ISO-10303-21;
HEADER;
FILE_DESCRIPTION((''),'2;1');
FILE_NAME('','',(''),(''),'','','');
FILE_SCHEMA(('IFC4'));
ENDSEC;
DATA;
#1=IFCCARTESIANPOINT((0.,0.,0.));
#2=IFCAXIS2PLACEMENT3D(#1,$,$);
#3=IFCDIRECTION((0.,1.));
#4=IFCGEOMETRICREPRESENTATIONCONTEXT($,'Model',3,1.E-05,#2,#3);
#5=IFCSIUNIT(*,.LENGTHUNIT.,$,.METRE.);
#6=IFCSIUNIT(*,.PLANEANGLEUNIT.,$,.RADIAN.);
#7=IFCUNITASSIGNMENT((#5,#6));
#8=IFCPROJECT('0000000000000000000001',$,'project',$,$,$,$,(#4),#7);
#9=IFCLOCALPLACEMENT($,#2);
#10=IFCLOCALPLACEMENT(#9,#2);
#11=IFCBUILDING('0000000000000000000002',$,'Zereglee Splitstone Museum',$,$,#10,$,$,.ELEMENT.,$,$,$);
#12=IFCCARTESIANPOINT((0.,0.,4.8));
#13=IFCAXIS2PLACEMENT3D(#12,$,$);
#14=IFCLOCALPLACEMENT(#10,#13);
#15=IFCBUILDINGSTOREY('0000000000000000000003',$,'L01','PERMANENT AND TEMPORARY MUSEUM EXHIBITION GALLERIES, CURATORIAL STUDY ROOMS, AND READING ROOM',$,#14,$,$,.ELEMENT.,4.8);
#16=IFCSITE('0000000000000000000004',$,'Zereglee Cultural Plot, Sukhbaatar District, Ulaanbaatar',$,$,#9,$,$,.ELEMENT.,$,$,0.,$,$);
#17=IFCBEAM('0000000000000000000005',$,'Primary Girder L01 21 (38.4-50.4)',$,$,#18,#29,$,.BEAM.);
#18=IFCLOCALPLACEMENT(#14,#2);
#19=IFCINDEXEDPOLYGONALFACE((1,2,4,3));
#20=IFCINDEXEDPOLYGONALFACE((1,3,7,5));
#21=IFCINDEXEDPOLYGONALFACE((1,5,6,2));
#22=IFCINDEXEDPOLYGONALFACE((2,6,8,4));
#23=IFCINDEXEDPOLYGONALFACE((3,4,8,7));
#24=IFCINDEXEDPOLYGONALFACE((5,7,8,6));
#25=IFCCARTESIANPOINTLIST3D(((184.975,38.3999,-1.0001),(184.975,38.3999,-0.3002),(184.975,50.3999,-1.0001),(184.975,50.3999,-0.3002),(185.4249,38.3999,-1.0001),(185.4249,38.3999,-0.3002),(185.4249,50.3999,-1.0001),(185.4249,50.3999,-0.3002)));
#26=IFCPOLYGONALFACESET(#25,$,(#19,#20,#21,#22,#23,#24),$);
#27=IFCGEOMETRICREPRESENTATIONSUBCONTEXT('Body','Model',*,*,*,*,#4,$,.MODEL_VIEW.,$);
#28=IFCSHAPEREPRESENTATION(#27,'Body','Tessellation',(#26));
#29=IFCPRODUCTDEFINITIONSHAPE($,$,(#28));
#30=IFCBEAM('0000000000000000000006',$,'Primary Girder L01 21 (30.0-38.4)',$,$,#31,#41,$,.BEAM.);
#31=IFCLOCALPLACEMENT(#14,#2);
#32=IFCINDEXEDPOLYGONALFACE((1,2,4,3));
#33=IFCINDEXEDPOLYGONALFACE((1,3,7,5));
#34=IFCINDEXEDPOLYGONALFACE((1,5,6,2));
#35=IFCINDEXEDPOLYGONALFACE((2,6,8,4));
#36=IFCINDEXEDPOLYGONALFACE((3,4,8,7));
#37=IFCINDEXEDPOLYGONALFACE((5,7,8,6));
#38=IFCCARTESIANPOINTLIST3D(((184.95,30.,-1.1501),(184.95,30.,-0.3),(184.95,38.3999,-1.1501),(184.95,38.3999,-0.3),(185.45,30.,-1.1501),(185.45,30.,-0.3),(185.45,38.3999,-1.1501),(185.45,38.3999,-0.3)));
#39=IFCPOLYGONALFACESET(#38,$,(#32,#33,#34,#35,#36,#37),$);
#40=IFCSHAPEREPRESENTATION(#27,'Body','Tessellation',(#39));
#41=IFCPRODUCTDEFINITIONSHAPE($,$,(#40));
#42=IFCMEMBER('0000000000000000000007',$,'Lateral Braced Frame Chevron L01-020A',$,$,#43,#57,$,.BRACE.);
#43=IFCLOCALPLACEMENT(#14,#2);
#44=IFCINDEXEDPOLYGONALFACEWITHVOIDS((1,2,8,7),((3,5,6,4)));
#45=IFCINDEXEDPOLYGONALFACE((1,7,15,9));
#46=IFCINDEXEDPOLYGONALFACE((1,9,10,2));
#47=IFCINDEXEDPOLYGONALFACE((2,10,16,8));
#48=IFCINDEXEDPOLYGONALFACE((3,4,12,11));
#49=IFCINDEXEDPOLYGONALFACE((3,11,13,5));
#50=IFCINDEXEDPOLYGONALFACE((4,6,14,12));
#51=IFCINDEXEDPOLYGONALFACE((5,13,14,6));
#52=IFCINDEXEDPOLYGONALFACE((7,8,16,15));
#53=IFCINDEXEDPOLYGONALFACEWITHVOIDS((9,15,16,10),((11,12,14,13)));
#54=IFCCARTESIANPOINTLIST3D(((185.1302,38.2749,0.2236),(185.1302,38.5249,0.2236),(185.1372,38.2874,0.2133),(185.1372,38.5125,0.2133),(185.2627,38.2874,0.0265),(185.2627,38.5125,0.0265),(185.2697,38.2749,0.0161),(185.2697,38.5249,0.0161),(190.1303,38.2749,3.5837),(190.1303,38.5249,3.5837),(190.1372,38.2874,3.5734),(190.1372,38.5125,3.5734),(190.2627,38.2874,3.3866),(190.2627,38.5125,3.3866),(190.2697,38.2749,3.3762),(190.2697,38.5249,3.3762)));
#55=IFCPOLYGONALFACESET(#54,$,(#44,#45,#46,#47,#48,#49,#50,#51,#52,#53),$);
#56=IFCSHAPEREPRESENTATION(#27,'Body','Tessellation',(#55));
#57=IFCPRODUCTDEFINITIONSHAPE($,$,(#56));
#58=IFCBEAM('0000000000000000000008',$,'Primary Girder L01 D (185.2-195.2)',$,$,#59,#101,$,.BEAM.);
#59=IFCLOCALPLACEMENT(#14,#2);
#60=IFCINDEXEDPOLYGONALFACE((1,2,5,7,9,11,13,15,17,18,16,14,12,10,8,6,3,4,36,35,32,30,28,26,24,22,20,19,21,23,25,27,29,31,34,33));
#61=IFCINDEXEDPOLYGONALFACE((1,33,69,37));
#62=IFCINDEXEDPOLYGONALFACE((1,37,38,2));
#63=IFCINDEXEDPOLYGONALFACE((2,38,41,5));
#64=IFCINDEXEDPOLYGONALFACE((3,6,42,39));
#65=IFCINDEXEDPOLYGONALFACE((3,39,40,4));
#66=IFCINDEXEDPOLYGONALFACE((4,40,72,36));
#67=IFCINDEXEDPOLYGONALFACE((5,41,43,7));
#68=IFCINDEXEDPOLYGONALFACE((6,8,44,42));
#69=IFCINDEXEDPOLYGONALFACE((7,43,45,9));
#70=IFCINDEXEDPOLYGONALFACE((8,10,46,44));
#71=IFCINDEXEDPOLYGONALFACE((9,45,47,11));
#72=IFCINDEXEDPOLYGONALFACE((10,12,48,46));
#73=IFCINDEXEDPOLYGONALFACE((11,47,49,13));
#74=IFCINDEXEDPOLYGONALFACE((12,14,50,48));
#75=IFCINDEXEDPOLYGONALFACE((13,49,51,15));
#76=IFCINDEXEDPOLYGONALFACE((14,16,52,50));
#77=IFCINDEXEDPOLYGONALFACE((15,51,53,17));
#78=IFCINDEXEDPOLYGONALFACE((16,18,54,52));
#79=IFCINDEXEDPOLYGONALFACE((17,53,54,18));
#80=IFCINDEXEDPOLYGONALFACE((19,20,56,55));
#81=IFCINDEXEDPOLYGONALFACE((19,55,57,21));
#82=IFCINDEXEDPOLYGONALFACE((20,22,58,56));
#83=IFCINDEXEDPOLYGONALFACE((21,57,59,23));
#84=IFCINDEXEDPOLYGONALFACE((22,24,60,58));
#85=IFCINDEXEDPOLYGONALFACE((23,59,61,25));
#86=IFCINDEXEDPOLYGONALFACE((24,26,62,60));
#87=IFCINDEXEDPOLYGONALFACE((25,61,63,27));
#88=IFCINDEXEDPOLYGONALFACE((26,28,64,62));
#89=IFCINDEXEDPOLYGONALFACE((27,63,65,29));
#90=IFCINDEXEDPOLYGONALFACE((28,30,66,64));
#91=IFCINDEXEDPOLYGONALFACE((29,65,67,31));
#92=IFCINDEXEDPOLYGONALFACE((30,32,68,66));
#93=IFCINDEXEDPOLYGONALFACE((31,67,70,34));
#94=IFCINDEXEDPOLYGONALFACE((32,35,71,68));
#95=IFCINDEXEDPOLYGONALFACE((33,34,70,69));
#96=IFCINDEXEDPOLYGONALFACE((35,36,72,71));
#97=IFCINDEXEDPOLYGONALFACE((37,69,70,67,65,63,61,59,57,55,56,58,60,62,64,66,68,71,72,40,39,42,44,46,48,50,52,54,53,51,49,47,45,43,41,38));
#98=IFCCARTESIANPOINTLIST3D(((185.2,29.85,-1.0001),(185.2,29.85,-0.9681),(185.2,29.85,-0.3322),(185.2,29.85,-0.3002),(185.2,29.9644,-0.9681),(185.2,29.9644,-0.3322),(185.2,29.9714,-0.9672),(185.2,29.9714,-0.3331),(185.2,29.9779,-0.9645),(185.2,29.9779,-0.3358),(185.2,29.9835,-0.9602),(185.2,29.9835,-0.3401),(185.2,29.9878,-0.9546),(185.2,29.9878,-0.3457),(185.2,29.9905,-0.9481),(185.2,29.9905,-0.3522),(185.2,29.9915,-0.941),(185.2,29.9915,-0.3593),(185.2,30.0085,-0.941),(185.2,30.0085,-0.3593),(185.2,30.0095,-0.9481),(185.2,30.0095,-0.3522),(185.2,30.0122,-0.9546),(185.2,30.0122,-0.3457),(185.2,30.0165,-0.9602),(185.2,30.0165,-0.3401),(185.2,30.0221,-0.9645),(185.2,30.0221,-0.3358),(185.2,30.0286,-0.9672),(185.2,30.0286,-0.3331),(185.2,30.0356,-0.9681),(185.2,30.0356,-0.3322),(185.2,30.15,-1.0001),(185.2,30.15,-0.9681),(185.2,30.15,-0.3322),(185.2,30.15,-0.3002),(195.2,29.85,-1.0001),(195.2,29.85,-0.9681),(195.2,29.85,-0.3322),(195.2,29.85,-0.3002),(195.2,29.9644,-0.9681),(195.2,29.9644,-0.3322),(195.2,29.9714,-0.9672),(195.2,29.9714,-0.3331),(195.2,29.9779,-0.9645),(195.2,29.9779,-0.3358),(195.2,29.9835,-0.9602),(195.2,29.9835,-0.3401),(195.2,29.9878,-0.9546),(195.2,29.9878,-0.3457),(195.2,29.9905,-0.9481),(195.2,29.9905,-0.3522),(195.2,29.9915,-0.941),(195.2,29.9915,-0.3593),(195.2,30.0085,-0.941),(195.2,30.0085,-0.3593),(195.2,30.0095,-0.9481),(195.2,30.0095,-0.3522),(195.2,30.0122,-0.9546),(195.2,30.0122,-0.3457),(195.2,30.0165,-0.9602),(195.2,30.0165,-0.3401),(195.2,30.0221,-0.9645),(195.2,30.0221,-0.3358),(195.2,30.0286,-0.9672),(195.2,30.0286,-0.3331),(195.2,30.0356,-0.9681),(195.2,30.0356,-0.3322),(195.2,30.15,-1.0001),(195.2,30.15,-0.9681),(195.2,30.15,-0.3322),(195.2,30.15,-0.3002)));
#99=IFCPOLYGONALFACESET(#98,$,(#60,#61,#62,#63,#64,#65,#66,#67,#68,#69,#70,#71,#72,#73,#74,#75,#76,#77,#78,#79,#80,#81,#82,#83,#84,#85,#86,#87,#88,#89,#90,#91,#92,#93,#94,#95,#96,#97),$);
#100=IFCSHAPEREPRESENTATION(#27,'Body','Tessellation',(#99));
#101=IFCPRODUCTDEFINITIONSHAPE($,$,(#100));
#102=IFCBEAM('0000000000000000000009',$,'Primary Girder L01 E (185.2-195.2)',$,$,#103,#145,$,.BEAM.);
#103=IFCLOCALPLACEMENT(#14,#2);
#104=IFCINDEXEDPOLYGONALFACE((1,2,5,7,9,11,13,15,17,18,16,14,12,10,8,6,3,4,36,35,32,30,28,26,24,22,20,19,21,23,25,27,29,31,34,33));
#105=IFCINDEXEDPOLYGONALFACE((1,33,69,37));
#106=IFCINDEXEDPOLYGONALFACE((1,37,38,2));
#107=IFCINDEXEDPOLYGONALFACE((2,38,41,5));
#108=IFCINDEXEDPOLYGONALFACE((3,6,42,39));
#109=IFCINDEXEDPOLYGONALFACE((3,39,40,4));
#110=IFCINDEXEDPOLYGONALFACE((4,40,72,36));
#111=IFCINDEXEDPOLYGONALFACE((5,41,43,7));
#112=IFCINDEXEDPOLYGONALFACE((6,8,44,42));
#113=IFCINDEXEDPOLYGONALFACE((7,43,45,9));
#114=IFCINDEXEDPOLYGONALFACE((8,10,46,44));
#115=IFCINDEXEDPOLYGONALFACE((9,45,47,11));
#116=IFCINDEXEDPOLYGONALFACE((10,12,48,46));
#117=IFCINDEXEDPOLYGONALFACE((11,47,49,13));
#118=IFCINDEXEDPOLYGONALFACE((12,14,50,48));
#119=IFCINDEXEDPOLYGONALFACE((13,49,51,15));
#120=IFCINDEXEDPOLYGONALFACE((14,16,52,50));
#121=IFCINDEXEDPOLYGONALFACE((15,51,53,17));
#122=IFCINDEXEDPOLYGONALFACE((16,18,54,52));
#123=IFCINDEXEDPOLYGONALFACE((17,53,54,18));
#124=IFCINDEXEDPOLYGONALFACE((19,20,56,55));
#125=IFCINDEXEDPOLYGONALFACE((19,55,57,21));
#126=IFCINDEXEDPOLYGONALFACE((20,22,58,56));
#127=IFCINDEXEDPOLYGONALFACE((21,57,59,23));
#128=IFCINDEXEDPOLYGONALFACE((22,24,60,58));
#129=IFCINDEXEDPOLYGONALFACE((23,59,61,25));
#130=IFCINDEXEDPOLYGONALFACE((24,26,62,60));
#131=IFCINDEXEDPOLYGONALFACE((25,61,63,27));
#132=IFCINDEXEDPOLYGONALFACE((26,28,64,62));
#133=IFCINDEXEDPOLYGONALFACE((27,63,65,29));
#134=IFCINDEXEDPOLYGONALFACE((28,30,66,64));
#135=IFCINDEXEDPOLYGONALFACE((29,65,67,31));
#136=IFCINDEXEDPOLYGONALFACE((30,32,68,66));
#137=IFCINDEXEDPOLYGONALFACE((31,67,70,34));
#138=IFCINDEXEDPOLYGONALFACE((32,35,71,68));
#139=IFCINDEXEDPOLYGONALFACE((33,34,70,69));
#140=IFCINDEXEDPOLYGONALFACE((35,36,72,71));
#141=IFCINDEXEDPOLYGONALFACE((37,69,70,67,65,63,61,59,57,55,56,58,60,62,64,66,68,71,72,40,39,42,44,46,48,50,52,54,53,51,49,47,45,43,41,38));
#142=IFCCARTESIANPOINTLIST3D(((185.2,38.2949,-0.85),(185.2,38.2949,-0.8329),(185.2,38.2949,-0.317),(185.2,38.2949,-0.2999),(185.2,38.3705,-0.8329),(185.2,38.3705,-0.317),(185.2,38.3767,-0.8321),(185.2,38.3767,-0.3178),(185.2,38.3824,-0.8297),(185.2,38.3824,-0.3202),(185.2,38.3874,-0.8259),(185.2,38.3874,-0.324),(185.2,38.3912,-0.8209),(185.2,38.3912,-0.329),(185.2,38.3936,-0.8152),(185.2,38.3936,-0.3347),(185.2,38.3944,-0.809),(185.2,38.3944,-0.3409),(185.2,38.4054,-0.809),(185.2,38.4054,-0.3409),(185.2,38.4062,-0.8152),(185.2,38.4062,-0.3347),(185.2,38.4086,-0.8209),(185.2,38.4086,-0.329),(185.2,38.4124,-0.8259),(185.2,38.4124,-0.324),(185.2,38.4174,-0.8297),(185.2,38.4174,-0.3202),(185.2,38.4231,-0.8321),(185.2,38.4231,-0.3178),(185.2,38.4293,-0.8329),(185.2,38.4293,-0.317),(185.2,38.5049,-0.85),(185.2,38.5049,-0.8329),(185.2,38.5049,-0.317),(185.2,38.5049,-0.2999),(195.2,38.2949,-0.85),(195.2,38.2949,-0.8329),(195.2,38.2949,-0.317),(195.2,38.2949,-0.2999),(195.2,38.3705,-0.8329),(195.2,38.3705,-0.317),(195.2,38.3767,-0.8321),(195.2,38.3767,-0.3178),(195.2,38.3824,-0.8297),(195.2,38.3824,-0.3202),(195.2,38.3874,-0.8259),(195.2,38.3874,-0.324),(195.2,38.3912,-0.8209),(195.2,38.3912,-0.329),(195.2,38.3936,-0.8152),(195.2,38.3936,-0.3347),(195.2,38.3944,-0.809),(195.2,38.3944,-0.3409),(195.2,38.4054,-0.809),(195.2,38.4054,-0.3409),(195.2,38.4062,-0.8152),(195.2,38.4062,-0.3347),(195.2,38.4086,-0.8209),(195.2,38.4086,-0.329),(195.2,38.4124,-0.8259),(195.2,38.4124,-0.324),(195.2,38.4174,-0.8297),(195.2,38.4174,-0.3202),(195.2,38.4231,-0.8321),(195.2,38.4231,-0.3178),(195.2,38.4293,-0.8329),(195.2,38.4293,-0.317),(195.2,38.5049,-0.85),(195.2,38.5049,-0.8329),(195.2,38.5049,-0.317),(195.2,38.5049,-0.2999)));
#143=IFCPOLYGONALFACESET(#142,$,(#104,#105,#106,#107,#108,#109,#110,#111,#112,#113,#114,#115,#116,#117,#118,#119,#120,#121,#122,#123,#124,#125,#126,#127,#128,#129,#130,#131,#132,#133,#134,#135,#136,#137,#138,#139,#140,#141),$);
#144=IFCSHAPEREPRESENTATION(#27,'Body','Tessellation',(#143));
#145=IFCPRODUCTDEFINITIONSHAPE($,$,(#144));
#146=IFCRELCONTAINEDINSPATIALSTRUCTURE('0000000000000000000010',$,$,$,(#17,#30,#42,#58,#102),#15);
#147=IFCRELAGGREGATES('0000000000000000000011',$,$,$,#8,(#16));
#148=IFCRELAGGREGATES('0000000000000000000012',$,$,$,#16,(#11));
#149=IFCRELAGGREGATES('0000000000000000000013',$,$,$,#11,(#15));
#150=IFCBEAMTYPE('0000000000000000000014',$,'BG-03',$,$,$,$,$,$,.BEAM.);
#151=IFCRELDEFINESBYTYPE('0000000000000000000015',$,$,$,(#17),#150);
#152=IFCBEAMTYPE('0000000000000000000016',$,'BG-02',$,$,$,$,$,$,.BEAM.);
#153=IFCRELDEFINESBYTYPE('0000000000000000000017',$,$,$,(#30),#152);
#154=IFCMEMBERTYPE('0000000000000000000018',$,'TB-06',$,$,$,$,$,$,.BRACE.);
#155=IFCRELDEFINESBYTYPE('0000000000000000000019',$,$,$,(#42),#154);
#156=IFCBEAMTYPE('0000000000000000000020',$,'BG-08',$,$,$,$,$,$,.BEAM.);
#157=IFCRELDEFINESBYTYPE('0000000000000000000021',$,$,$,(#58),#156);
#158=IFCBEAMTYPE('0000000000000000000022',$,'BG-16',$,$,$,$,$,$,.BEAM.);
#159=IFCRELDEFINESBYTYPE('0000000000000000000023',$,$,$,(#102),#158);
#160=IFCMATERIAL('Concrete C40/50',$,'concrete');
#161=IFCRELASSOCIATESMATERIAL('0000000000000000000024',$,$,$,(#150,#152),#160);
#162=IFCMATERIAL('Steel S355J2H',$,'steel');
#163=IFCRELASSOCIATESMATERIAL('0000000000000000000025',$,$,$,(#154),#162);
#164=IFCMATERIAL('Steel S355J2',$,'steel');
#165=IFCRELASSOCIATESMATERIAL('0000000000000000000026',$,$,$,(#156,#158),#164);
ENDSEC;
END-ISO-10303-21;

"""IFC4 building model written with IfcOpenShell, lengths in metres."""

from ifc_helpers import new_model, si_unit, direction, frame, origin, origin_2d, place, context, subcontext, project, spatial, rectangle, hollow_rectangle, i_section, extrude, material, material_profile, profile_set, type_object, element, save


model = new_model("IFC4")

# Units and contexts
model_context = context("Model", 3, precision=1e-05, world=origin(), true_north=direction((0.0, 1.0)))
body_context = subcontext(model_context, "Body", "Model", "MODEL_VIEW")
ifc_project = project(units=[si_unit("LENGTHUNIT", "METRE"), si_unit("PLANEANGLEUNIT", "RADIAN")], contexts=[model_context])

# Site, building, storey
site_placement = place(None, origin())
site = spatial("IfcSite", under=ifc_project, at=site_placement, Name="Zereglee Cultural Plot, Sukhbaatar District, Ulaanbaatar", CompositionType="ELEMENT", RefElevation=0.0)
building_placement = place(site_placement, origin())
building = spatial("IfcBuilding", under=site, at=building_placement, Name="Zereglee Splitstone Museum", CompositionType="ELEMENT")
storey_placement = place(building_placement, frame((0.0, 0.0, 4.8)))
storey = spatial("IfcBuildingStorey", under=building, at=storey_placement, Name="L01", Description="PERMANENT AND TEMPORARY MUSEUM EXHIBITION GALLERIES, CURATORIAL STUDY ROOMS, AND READING ROOM", CompositionType="ELEMENT", Elevation=4.8)

# Shared definitions
ifc_material_1 = material(Name="Steel S355J2", Category="steel")
ifc_material_2 = material(Name="Steel S355J2H", Category="steel")

# Beams
ifc_material_3 = material(Name="Concrete C40/50", Category="concrete")
ifc_material_profile_1 = material_profile(ifc_material_3, rectangle(XDim=0.45, YDim=0.7, at=origin_2d()), Name="RC 450x700")
ifc_profile_set_1 = profile_set([ifc_material_profile_1], Name="Concrete C40/50")
beam_type_1 = type_object("IfcBeamType", Name="BG-03", PredefinedType="BEAM", material=ifc_profile_set_1)
beam_1_placement = place(storey_placement, frame((185.2, 38.3999, -0.6501), z_axis=(0.0, 1.0, 0.0), x_axis=(-1.0, 0.0, 0.0)))
element("IfcBeam", 1, at=beam_1_placement, inside=storey, type_object=beam_type_1, Name="Primary Girder L01 21 (38.4-50.4)", PredefinedType="BEAM", context=body_context, shape_type="SweptSolid", body=[
    extrude(rectangle(XDim=0.45, YDim=0.7, at=origin_2d()), origin(), (0.0, 0.0, 1.0), 12.0),
])
ifc_material_profile_2 = material_profile(ifc_material_3, rectangle(XDim=0.5, YDim=0.8501, at=origin_2d()), Name="RC 500x850")
ifc_profile_set_2 = profile_set([ifc_material_profile_2], Name="Concrete C40/50")
beam_type_2 = type_object("IfcBeamType", Name="BG-02", PredefinedType="BEAM", material=ifc_profile_set_2)
beam_2_placement = place(storey_placement, frame((185.2, 30.0, -0.7251), z_axis=(0.0, 1.0, 0.0), x_axis=(-1.0, 0.0, 0.0)))
element("IfcBeam", 2, at=beam_2_placement, inside=storey, type_object=beam_type_2, Name="Primary Girder L01 21 (30.0-38.4)", PredefinedType="BEAM", context=body_context, shape_type="SweptSolid", body=[
    extrude(rectangle(XDim=0.5, YDim=0.8501, at=origin_2d()), origin(), (0.0, 0.0, 1.0), 8.3999),
])

# Member
ifc_material_profile_3 = material_profile(ifc_material_2, hollow_rectangle(XDim=0.25, YDim=0.25, WallThickness=0.0125, at=origin_2d()), Name="SHS 250x250x12.5")
ifc_profile_set_3 = profile_set([ifc_material_profile_3], Name="Steel S355J2H")
member_type = type_object("IfcMemberType", Name="TB-06", PredefinedType="BRACE", material=ifc_profile_set_3)
member_placement = place(storey_placement, frame((185.2, 38.3999, 0.1199), z_axis=(0.829993, 0.0, 0.557773), x_axis=(0.0, 1.0, 0.0)))
element("IfcMember", 3, at=member_placement, inside=storey, type_object=member_type, Name="Lateral Braced Frame Chevron L01-020A", PredefinedType="BRACE", context=body_context, shape_type="SweptSolid", body=[
    extrude(hollow_rectangle(XDim=0.25, YDim=0.25, WallThickness=0.0125, at=origin_2d()), origin(), (0.0, 0.0, 1.0), 6.0242),
])

# Beams
ifc_material_profile_4 = material_profile(ifc_material_1, i_section(OverallWidth=0.3, OverallDepth=0.7, WebThickness=0.0171, FlangeThickness=0.032, FilletRadius=0.0271, at=origin_2d()), Name="HE 700 B")
ifc_profile_set_4 = profile_set([ifc_material_profile_4], Name="Steel S355J2")
beam_type_3 = type_object("IfcBeamType", Name="BG-08", PredefinedType="BEAM", material=ifc_profile_set_4)
beam_3_placement = place(storey_placement, frame((185.2, 30.0, -0.6501), z_axis=(1.0, 0.0, 0.0), x_axis=(0.0, 1.0, 0.0)))
element("IfcBeam", 4, at=beam_3_placement, inside=storey, type_object=beam_type_3, Name="Primary Girder L01 D (185.2-195.2)", PredefinedType="BEAM", context=body_context, shape_type="SweptSolid", body=[
    extrude(i_section(OverallWidth=0.3, OverallDepth=0.7, WebThickness=0.0171, FlangeThickness=0.032, FilletRadius=0.0271, at=origin_2d()), origin(), (0.0, 0.0, 1.0), 10.0),
])
ifc_material_profile_5 = material_profile(ifc_material_1, i_section(OverallWidth=0.21, OverallDepth=0.55, WebThickness=0.011, FlangeThickness=0.0171, FilletRadius=0.0239, at=origin_2d()), Name="IPE 550")
ifc_profile_set_5 = profile_set([ifc_material_profile_5], Name="Steel S355J2")
beam_type_4 = type_object("IfcBeamType", Name="BG-16", PredefinedType="BEAM", material=ifc_profile_set_5)
beam_4_placement = place(storey_placement, frame((185.2, 38.3999, -0.575), z_axis=(1.0, 0.0, 0.0), x_axis=(0.0, 1.0, 0.0)))
element("IfcBeam", 5, at=beam_4_placement, inside=storey, type_object=beam_type_4, Name="Primary Girder L01 E (185.2-195.2)", PredefinedType="BEAM", context=body_context, shape_type="SweptSolid", body=[
    extrude(i_section(OverallWidth=0.21, OverallDepth=0.55, WebThickness=0.011, FlangeThickness=0.0171, FilletRadius=0.0239, at=origin_2d()), origin(), (0.0, 0.0, 1.0), 10.0),
])

save(model, "model.ifc")
